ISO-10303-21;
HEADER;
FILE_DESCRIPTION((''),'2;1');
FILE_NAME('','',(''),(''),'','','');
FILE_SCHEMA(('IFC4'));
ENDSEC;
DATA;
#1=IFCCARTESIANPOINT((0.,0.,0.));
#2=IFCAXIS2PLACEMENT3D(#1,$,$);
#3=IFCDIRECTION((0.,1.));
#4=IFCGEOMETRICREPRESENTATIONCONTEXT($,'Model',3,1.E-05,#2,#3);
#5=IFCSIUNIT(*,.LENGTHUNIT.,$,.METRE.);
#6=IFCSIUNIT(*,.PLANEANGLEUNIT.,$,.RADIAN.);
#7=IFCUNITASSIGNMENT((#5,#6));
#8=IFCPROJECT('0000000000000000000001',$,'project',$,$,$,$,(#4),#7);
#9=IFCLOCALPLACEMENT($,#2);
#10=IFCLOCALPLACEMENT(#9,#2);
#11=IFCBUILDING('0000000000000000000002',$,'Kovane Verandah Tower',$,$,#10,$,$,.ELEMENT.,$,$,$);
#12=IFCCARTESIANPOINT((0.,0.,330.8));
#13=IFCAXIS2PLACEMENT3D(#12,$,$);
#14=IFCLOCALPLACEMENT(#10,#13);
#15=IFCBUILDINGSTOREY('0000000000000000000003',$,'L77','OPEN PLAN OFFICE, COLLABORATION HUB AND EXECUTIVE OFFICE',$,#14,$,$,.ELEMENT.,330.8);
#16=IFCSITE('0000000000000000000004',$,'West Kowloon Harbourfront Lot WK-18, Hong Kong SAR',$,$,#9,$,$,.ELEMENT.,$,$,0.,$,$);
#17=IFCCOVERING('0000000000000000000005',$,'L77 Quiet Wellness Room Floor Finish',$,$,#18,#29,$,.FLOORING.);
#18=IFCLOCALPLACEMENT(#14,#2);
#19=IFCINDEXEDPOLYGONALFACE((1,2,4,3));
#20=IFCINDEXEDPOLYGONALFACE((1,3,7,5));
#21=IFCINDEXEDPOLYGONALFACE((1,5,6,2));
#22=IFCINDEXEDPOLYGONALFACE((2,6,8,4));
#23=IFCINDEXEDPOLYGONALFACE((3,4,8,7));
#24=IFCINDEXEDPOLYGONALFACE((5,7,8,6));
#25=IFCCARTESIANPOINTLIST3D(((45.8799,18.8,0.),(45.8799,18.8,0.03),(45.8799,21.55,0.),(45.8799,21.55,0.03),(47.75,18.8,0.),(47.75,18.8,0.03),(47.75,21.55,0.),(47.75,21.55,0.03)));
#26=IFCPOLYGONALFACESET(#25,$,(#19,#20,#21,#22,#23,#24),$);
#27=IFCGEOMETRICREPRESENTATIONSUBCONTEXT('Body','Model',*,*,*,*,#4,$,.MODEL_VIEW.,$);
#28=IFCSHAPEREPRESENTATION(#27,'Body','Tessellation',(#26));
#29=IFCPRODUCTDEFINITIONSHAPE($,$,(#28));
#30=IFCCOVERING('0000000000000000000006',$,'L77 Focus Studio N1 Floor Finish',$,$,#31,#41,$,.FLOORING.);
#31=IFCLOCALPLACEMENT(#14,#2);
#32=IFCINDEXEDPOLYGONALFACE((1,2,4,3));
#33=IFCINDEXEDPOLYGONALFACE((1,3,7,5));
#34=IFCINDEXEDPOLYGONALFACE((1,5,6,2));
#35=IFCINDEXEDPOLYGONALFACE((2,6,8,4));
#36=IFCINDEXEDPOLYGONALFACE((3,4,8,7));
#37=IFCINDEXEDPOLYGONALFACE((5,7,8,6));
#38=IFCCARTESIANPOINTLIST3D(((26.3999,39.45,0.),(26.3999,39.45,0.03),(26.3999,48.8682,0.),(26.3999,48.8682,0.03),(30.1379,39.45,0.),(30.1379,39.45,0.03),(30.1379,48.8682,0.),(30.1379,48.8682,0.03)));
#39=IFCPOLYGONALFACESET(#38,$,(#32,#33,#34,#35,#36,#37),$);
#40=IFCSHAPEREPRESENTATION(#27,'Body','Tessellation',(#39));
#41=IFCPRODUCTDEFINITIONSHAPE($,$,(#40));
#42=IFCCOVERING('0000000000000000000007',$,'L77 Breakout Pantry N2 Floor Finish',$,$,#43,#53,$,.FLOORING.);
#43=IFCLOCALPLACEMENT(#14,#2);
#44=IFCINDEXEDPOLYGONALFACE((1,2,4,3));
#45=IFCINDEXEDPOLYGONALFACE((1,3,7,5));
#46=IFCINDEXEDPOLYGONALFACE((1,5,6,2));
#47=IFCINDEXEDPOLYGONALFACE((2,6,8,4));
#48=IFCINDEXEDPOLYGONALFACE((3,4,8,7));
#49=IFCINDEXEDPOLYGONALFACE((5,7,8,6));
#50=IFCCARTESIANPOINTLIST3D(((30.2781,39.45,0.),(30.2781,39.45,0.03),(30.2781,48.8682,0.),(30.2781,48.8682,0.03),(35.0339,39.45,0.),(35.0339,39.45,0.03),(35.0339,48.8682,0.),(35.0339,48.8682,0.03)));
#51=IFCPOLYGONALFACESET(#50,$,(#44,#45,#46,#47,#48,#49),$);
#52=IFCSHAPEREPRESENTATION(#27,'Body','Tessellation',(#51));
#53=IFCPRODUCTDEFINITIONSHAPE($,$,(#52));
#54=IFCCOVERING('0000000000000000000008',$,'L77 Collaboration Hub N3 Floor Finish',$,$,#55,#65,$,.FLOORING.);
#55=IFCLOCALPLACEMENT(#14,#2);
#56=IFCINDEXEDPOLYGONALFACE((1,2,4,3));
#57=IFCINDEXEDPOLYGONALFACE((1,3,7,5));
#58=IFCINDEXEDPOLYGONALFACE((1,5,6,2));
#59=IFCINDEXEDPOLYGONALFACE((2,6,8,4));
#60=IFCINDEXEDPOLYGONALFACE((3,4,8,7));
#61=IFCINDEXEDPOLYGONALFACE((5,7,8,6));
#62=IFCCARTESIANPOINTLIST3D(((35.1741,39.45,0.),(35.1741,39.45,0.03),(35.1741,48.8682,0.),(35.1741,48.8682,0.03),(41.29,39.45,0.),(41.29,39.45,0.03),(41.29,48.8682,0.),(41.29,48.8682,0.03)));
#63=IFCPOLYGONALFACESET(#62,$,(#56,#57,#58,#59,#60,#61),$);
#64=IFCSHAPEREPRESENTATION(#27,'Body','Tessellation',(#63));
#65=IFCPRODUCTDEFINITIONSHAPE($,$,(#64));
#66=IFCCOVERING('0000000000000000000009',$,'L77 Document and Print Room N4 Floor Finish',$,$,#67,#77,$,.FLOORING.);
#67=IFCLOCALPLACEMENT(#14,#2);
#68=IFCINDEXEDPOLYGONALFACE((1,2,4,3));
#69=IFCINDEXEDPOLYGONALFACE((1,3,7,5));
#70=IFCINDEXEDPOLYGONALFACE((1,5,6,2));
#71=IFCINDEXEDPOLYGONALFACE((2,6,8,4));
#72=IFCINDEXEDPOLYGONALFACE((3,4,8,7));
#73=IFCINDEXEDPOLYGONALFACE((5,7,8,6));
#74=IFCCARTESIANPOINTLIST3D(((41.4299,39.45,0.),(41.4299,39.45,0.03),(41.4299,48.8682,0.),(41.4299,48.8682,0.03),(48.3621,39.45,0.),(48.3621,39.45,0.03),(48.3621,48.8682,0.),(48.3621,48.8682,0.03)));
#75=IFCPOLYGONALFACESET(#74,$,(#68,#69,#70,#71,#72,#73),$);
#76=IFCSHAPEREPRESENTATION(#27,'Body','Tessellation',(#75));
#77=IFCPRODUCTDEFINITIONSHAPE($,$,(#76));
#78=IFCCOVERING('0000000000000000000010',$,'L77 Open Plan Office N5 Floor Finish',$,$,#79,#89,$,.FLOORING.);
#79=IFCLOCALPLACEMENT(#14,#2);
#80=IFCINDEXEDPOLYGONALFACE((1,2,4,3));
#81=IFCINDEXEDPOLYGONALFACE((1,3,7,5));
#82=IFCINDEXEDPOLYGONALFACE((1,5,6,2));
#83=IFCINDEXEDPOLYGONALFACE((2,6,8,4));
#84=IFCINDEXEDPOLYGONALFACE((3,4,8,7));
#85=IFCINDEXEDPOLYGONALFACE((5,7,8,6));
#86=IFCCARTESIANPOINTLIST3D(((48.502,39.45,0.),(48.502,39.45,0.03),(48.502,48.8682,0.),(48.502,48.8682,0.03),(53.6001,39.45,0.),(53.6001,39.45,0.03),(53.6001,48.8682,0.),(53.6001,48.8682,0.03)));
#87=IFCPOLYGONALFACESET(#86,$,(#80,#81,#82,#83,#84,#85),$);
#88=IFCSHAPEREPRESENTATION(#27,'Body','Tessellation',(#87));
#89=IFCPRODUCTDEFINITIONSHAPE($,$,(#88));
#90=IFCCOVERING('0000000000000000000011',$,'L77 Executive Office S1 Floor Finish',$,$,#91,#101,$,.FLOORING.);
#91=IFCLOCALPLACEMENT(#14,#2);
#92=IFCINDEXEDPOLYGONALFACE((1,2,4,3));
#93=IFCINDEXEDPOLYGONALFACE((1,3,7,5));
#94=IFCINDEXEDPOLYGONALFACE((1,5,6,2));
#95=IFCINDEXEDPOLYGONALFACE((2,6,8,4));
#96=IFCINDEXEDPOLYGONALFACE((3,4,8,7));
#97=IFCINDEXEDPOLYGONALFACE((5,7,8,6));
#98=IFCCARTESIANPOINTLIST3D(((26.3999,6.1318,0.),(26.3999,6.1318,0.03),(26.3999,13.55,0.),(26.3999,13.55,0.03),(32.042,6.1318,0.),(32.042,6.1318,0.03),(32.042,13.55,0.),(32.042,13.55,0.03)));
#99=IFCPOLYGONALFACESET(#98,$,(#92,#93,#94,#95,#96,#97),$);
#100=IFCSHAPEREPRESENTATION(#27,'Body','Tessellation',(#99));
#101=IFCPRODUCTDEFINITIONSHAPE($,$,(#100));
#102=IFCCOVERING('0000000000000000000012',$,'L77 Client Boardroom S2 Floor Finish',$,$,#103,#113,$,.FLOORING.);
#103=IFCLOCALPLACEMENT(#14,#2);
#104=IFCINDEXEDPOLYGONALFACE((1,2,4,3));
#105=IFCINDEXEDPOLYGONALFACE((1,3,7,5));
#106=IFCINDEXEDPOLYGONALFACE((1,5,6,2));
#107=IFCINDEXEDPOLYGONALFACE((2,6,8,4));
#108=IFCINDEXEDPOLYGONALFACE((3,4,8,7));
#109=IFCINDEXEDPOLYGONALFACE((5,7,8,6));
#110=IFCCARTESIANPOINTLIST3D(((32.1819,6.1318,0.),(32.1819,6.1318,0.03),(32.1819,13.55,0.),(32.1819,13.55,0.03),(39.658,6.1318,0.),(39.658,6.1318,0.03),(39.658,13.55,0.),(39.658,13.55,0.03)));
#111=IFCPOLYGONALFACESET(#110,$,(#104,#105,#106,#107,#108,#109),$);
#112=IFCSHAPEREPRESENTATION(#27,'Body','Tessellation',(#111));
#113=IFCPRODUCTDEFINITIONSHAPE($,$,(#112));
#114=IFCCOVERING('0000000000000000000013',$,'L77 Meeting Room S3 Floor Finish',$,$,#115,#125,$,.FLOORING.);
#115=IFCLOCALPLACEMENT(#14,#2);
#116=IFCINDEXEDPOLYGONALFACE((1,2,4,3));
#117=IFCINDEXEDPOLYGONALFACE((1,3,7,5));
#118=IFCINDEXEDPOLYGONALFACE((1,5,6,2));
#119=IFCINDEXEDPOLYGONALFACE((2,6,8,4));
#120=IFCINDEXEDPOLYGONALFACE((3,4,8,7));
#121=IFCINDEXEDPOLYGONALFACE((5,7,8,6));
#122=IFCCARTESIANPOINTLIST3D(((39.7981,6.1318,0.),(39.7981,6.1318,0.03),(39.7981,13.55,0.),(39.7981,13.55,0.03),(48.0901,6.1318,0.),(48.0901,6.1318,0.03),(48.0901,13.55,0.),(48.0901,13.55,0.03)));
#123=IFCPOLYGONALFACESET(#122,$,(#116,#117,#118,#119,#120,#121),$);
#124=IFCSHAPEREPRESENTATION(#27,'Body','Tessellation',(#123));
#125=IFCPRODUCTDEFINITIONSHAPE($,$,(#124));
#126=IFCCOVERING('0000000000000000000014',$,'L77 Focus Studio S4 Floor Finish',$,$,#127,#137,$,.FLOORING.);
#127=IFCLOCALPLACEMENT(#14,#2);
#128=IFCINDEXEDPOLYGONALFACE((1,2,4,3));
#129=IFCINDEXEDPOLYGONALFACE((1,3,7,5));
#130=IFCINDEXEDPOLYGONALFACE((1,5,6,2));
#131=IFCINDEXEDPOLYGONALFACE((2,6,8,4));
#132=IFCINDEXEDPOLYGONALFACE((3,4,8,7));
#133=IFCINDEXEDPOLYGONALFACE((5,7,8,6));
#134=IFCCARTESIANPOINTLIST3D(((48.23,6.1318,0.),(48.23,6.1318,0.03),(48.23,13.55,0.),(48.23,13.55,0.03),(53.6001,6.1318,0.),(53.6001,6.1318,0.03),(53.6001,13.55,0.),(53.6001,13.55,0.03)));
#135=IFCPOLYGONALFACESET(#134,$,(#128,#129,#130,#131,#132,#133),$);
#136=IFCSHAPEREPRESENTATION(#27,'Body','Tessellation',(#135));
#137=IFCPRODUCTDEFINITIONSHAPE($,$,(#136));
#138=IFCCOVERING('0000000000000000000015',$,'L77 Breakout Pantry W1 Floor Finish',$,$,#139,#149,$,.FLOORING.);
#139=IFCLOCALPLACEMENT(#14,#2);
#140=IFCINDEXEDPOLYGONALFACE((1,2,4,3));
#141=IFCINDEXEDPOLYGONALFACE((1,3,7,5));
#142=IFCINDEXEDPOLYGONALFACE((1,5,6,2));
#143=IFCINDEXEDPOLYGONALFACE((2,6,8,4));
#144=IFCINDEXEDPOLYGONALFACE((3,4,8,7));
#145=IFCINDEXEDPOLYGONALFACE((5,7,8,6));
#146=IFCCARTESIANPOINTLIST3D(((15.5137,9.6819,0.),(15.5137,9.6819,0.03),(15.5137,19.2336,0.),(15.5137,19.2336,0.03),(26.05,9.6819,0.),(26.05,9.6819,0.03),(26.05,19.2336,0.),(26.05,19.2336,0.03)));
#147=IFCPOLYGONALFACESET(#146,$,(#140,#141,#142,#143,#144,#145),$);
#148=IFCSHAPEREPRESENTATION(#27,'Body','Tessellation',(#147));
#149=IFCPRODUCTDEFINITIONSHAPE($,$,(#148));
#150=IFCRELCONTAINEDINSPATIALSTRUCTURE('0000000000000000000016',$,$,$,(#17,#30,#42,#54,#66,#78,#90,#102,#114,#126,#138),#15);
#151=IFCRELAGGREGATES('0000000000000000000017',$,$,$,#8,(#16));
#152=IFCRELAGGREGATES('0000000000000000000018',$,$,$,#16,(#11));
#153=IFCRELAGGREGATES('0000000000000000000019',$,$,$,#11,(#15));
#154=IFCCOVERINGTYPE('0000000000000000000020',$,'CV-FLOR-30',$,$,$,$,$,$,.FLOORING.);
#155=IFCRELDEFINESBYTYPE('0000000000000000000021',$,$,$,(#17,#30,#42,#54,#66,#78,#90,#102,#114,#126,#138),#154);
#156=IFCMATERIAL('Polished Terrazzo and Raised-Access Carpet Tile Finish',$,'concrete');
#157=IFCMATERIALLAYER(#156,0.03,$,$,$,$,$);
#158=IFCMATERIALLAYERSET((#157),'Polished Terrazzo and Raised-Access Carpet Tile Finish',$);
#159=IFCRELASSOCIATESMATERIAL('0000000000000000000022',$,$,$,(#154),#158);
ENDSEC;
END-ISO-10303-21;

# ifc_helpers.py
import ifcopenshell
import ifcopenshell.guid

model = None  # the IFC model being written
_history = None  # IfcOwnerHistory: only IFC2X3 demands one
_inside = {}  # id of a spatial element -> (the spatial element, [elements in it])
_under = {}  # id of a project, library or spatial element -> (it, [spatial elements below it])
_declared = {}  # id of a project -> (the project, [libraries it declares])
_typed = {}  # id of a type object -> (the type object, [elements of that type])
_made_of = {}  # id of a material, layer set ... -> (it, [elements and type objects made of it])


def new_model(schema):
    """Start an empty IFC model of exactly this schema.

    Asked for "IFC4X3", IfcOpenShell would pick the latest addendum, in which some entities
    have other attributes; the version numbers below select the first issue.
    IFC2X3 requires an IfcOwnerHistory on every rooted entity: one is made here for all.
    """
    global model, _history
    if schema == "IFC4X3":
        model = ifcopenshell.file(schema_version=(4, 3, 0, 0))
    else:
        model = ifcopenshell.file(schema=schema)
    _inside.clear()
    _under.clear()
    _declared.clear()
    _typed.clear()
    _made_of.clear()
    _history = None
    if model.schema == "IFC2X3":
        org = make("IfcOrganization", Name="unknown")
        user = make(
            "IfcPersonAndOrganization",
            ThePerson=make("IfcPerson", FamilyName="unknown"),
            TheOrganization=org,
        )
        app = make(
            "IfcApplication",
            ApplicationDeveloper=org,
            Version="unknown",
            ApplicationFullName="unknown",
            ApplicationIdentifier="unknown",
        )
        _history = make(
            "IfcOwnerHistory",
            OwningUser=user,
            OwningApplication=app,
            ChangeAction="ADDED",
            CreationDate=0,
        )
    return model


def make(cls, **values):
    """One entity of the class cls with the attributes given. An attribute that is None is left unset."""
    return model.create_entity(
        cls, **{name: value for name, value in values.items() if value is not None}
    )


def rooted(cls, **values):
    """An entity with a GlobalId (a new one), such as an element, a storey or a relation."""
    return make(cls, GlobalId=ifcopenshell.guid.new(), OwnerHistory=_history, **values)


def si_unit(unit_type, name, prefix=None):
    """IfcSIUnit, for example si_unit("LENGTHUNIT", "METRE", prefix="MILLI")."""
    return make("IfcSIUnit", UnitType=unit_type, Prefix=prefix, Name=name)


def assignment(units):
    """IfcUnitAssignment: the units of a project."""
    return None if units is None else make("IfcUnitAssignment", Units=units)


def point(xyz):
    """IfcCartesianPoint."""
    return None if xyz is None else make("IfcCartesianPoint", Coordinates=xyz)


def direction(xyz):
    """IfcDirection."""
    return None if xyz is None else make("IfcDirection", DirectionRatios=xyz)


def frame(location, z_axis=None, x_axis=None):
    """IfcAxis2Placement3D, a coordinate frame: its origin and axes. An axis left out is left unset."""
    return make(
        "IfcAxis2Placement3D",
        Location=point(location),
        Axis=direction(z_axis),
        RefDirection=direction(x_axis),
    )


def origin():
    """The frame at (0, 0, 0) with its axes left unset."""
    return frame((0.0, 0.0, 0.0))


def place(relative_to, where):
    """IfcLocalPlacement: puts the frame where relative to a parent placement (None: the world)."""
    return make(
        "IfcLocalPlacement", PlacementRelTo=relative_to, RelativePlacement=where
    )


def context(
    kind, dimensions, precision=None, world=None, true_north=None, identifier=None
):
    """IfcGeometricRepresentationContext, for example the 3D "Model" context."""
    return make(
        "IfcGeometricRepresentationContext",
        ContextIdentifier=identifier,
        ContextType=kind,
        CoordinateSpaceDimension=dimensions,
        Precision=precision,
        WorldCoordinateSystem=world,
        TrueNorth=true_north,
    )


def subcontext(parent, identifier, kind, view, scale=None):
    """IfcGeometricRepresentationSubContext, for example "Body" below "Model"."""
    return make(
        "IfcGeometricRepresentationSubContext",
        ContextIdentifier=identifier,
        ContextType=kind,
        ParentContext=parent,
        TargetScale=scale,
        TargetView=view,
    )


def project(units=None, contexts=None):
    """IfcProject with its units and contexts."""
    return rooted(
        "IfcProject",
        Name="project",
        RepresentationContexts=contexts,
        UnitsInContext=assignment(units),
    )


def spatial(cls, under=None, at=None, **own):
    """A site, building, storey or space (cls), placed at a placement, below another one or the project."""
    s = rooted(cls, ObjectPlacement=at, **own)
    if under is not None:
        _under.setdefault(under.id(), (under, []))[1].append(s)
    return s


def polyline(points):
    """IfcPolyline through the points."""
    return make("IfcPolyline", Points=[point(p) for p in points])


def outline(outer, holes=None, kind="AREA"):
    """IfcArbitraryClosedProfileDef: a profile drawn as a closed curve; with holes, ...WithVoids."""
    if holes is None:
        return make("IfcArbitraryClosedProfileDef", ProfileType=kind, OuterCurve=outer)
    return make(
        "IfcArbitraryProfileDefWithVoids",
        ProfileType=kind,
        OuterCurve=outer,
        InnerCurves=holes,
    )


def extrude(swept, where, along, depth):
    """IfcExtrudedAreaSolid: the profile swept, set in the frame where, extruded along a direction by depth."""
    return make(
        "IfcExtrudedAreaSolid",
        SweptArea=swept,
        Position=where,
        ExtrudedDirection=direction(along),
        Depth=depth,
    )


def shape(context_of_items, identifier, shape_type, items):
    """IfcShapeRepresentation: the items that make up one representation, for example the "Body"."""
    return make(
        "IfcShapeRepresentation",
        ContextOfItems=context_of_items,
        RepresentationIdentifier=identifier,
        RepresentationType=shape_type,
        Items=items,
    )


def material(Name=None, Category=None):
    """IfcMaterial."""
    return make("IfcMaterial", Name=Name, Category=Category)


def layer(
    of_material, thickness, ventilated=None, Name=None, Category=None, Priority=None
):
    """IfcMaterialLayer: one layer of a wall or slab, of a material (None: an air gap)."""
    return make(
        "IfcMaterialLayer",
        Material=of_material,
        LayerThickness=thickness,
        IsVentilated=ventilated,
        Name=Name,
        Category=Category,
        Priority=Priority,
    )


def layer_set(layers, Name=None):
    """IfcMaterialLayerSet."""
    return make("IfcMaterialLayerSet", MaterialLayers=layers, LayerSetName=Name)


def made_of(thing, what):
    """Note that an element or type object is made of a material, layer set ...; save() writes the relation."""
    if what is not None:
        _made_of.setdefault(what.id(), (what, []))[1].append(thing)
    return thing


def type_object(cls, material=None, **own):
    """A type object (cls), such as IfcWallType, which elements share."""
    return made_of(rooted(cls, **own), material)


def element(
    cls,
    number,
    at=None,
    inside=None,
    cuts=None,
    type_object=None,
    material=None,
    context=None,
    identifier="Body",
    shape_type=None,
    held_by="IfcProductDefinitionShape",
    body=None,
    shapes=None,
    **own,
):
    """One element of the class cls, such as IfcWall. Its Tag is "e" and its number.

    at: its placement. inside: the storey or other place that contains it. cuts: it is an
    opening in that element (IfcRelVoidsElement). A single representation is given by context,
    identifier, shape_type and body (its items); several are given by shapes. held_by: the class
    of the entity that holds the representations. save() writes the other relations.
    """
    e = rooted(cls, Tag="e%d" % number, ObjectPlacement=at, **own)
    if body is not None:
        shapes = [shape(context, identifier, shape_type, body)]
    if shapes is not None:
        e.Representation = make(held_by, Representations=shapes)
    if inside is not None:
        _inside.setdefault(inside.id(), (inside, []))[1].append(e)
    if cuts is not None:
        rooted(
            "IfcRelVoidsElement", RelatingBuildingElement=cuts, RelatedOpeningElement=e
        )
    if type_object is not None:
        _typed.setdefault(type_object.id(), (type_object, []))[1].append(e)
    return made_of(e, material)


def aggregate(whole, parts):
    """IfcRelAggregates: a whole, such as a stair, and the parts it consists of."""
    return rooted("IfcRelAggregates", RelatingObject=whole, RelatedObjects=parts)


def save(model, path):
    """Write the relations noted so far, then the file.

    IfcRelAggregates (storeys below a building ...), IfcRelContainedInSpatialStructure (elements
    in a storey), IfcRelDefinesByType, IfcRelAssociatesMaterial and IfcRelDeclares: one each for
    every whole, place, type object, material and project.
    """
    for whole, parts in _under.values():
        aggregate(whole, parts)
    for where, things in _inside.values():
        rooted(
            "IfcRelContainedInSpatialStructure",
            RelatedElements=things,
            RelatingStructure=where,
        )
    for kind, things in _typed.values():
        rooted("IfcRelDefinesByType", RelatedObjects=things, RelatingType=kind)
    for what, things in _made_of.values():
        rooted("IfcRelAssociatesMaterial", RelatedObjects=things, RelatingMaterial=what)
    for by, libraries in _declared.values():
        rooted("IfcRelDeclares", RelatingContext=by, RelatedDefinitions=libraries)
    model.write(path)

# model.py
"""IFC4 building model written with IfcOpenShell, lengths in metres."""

from ifc_helpers import new_model, si_unit, direction, frame, origin, place, context, subcontext, project, spatial, polyline, outline, extrude, material, layer, layer_set, type_object, element, save


model = new_model("IFC4")

# Units and contexts
model_context = context("Model", 3, precision=1e-05, world=origin(), true_north=direction((0.0, 1.0)))
body_context = subcontext(model_context, "Body", "Model", "MODEL_VIEW")
ifc_project = project(units=[si_unit("LENGTHUNIT", "METRE"), si_unit("PLANEANGLEUNIT", "RADIAN")], contexts=[model_context])

# Site, building, storey
site_placement = place(None, origin())
site = spatial("IfcSite", under=ifc_project, at=site_placement, Name="West Kowloon Harbourfront Lot WK-18, Hong Kong SAR", CompositionType="ELEMENT", RefElevation=0.0)
building_placement = place(site_placement, origin())
building = spatial("IfcBuilding", under=site, at=building_placement, Name="Kovane Verandah Tower", CompositionType="ELEMENT")
storey_placement = place(building_placement, frame((0.0, 0.0, 330.8)))
storey = spatial("IfcBuildingStorey", under=building, at=storey_placement, Name="L77", Description="OPEN PLAN OFFICE, COLLABORATION HUB AND EXECUTIVE OFFICE", CompositionType="ELEMENT", Elevation=330.8)

# Coverings
ifc_material_1 = material(Name="Polished Terrazzo and Raised-Access Carpet Tile Finish", Category="concrete")
ifc_layer_1 = layer(ifc_material_1, 0.03)
ifc_layer_set_1 = layer_set([ifc_layer_1], Name="Polished Terrazzo and Raised-Access Carpet Tile Finish")
covering_type = type_object("IfcCoveringType", Name="CV-FLOR-30", PredefinedType="FLOORING", material=ifc_layer_set_1)
covering_1_placement = place(storey_placement, origin())
element("IfcCovering", 1, at=covering_1_placement, inside=storey, type_object=covering_type, Name="L77 Quiet Wellness Room Floor Finish", PredefinedType="FLOORING", context=body_context, shape_type="SweptSolid", body=[
    extrude(outline(polyline([(45.8799, 18.8), (47.75, 18.8), (47.75, 21.55), (45.8799, 21.55), (45.8799, 18.8)])), origin(), (0.0, 0.0, 1.0), 0.03),
])
covering_2_placement = place(storey_placement, origin())
element("IfcCovering", 2, at=covering_2_placement, inside=storey, type_object=covering_type, Name="L77 Focus Studio N1 Floor Finish", PredefinedType="FLOORING", context=body_context, shape_type="SweptSolid", body=[
    extrude(outline(polyline([(26.3999, 39.45), (30.1379, 39.45), (30.1379, 48.8682), (26.3999, 48.8682), (26.3999, 39.45)])), origin(), (0.0, 0.0, 1.0), 0.03),
])
covering_3_placement = place(storey_placement, origin())
element("IfcCovering", 3, at=covering_3_placement, inside=storey, type_object=covering_type, Name="L77 Breakout Pantry N2 Floor Finish", PredefinedType="FLOORING", context=body_context, shape_type="SweptSolid", body=[
    extrude(outline(polyline([(30.2781, 39.45), (35.0339, 39.45), (35.0339, 48.8682), (30.2781, 48.8682), (30.2781, 39.45)])), origin(), (0.0, 0.0, 1.0), 0.03),
])
covering_4_placement = place(storey_placement, origin())
element("IfcCovering", 4, at=covering_4_placement, inside=storey, type_object=covering_type, Name="L77 Collaboration Hub N3 Floor Finish", PredefinedType="FLOORING", context=body_context, shape_type="SweptSolid", body=[
    extrude(outline(polyline([(35.1741, 39.45), (41.29, 39.45), (41.29, 48.8682), (35.1741, 48.8682), (35.1741, 39.45)])), origin(), (0.0, 0.0, 1.0), 0.03),
])
covering_5_placement = place(storey_placement, origin())
element("IfcCovering", 5, at=covering_5_placement, inside=storey, type_object=covering_type, Name="L77 Document and Print Room N4 Floor Finish", PredefinedType="FLOORING", context=body_context, shape_type="SweptSolid", body=[
    extrude(outline(polyline([(41.4299, 39.45), (48.3621, 39.45), (48.3621, 48.8682), (41.4299, 48.8682), (41.4299, 39.45)])), origin(), (0.0, 0.0, 1.0), 0.03),
])
covering_6_placement = place(storey_placement, origin())
element("IfcCovering", 6, at=covering_6_placement, inside=storey, type_object=covering_type, Name="L77 Open Plan Office N5 Floor Finish", PredefinedType="FLOORING", context=body_context, shape_type="SweptSolid", body=[
    extrude(outline(polyline([(48.502, 39.45), (53.6001, 39.45), (53.6001, 48.8682), (48.502, 48.8682), (48.502, 39.45)])), origin(), (0.0, 0.0, 1.0), 0.03),
])
covering_7_placement = place(storey_placement, origin())
element("IfcCovering", 7, at=covering_7_placement, inside=storey, type_object=covering_type, Name="L77 Executive Office S1 Floor Finish", PredefinedType="FLOORING", context=body_context, shape_type="SweptSolid", body=[
    extrude(outline(polyline([(26.3999, 6.1318), (32.042, 6.1318), (32.042, 13.55), (26.3999, 13.55), (26.3999, 6.1318)])), origin(), (0.0, 0.0, 1.0), 0.03),
])
covering_8_placement = place(storey_placement, origin())
element("IfcCovering", 8, at=covering_8_placement, inside=storey, type_object=covering_type, Name="L77 Client Boardroom S2 Floor Finish", PredefinedType="FLOORING", context=body_context, shape_type="SweptSolid", body=[
    extrude(outline(polyline([(32.1819, 6.1318), (39.658, 6.1318), (39.658, 13.55), (32.1819, 13.55), (32.1819, 6.1318)])), origin(), (0.0, 0.0, 1.0), 0.03),
])
covering_9_placement = place(storey_placement, origin())
element("IfcCovering", 9, at=covering_9_placement, inside=storey, type_object=covering_type, Name="L77 Meeting Room S3 Floor Finish", PredefinedType="FLOORING", context=body_context, shape_type="SweptSolid", body=[
    extrude(outline(polyline([(39.7981, 6.1318), (48.0901, 6.1318), (48.0901, 13.55), (39.7981, 13.55), (39.7981, 6.1318)])), origin(), (0.0, 0.0, 1.0), 0.03),
])
covering_10_placement = place(storey_placement, origin())
element("IfcCovering", 10, at=covering_10_placement, inside=storey, type_object=covering_type, Name="L77 Focus Studio S4 Floor Finish", PredefinedType="FLOORING", context=body_context, shape_type="SweptSolid", body=[
    extrude(outline(polyline([(48.23, 6.1318), (53.6001, 6.1318), (53.6001, 13.55), (48.23, 13.55), (48.23, 6.1318)])), origin(), (0.0, 0.0, 1.0), 0.03),
])
covering_11_placement = place(storey_placement, origin())
element("IfcCovering", 11, at=covering_11_placement, inside=storey, type_object=covering_type, Name="L77 Breakout Pantry W1 Floor Finish", PredefinedType="FLOORING", context=body_context, shape_type="SweptSolid", body=[
    extrude(outline(polyline([(15.5137, 9.6819), (26.05, 9.6819), (26.05, 19.2336), (15.5137, 19.2336), (15.5137, 9.6819)])), origin(), (0.0, 0.0, 1.0), 0.03),
])

save(model, "model.ifc")
